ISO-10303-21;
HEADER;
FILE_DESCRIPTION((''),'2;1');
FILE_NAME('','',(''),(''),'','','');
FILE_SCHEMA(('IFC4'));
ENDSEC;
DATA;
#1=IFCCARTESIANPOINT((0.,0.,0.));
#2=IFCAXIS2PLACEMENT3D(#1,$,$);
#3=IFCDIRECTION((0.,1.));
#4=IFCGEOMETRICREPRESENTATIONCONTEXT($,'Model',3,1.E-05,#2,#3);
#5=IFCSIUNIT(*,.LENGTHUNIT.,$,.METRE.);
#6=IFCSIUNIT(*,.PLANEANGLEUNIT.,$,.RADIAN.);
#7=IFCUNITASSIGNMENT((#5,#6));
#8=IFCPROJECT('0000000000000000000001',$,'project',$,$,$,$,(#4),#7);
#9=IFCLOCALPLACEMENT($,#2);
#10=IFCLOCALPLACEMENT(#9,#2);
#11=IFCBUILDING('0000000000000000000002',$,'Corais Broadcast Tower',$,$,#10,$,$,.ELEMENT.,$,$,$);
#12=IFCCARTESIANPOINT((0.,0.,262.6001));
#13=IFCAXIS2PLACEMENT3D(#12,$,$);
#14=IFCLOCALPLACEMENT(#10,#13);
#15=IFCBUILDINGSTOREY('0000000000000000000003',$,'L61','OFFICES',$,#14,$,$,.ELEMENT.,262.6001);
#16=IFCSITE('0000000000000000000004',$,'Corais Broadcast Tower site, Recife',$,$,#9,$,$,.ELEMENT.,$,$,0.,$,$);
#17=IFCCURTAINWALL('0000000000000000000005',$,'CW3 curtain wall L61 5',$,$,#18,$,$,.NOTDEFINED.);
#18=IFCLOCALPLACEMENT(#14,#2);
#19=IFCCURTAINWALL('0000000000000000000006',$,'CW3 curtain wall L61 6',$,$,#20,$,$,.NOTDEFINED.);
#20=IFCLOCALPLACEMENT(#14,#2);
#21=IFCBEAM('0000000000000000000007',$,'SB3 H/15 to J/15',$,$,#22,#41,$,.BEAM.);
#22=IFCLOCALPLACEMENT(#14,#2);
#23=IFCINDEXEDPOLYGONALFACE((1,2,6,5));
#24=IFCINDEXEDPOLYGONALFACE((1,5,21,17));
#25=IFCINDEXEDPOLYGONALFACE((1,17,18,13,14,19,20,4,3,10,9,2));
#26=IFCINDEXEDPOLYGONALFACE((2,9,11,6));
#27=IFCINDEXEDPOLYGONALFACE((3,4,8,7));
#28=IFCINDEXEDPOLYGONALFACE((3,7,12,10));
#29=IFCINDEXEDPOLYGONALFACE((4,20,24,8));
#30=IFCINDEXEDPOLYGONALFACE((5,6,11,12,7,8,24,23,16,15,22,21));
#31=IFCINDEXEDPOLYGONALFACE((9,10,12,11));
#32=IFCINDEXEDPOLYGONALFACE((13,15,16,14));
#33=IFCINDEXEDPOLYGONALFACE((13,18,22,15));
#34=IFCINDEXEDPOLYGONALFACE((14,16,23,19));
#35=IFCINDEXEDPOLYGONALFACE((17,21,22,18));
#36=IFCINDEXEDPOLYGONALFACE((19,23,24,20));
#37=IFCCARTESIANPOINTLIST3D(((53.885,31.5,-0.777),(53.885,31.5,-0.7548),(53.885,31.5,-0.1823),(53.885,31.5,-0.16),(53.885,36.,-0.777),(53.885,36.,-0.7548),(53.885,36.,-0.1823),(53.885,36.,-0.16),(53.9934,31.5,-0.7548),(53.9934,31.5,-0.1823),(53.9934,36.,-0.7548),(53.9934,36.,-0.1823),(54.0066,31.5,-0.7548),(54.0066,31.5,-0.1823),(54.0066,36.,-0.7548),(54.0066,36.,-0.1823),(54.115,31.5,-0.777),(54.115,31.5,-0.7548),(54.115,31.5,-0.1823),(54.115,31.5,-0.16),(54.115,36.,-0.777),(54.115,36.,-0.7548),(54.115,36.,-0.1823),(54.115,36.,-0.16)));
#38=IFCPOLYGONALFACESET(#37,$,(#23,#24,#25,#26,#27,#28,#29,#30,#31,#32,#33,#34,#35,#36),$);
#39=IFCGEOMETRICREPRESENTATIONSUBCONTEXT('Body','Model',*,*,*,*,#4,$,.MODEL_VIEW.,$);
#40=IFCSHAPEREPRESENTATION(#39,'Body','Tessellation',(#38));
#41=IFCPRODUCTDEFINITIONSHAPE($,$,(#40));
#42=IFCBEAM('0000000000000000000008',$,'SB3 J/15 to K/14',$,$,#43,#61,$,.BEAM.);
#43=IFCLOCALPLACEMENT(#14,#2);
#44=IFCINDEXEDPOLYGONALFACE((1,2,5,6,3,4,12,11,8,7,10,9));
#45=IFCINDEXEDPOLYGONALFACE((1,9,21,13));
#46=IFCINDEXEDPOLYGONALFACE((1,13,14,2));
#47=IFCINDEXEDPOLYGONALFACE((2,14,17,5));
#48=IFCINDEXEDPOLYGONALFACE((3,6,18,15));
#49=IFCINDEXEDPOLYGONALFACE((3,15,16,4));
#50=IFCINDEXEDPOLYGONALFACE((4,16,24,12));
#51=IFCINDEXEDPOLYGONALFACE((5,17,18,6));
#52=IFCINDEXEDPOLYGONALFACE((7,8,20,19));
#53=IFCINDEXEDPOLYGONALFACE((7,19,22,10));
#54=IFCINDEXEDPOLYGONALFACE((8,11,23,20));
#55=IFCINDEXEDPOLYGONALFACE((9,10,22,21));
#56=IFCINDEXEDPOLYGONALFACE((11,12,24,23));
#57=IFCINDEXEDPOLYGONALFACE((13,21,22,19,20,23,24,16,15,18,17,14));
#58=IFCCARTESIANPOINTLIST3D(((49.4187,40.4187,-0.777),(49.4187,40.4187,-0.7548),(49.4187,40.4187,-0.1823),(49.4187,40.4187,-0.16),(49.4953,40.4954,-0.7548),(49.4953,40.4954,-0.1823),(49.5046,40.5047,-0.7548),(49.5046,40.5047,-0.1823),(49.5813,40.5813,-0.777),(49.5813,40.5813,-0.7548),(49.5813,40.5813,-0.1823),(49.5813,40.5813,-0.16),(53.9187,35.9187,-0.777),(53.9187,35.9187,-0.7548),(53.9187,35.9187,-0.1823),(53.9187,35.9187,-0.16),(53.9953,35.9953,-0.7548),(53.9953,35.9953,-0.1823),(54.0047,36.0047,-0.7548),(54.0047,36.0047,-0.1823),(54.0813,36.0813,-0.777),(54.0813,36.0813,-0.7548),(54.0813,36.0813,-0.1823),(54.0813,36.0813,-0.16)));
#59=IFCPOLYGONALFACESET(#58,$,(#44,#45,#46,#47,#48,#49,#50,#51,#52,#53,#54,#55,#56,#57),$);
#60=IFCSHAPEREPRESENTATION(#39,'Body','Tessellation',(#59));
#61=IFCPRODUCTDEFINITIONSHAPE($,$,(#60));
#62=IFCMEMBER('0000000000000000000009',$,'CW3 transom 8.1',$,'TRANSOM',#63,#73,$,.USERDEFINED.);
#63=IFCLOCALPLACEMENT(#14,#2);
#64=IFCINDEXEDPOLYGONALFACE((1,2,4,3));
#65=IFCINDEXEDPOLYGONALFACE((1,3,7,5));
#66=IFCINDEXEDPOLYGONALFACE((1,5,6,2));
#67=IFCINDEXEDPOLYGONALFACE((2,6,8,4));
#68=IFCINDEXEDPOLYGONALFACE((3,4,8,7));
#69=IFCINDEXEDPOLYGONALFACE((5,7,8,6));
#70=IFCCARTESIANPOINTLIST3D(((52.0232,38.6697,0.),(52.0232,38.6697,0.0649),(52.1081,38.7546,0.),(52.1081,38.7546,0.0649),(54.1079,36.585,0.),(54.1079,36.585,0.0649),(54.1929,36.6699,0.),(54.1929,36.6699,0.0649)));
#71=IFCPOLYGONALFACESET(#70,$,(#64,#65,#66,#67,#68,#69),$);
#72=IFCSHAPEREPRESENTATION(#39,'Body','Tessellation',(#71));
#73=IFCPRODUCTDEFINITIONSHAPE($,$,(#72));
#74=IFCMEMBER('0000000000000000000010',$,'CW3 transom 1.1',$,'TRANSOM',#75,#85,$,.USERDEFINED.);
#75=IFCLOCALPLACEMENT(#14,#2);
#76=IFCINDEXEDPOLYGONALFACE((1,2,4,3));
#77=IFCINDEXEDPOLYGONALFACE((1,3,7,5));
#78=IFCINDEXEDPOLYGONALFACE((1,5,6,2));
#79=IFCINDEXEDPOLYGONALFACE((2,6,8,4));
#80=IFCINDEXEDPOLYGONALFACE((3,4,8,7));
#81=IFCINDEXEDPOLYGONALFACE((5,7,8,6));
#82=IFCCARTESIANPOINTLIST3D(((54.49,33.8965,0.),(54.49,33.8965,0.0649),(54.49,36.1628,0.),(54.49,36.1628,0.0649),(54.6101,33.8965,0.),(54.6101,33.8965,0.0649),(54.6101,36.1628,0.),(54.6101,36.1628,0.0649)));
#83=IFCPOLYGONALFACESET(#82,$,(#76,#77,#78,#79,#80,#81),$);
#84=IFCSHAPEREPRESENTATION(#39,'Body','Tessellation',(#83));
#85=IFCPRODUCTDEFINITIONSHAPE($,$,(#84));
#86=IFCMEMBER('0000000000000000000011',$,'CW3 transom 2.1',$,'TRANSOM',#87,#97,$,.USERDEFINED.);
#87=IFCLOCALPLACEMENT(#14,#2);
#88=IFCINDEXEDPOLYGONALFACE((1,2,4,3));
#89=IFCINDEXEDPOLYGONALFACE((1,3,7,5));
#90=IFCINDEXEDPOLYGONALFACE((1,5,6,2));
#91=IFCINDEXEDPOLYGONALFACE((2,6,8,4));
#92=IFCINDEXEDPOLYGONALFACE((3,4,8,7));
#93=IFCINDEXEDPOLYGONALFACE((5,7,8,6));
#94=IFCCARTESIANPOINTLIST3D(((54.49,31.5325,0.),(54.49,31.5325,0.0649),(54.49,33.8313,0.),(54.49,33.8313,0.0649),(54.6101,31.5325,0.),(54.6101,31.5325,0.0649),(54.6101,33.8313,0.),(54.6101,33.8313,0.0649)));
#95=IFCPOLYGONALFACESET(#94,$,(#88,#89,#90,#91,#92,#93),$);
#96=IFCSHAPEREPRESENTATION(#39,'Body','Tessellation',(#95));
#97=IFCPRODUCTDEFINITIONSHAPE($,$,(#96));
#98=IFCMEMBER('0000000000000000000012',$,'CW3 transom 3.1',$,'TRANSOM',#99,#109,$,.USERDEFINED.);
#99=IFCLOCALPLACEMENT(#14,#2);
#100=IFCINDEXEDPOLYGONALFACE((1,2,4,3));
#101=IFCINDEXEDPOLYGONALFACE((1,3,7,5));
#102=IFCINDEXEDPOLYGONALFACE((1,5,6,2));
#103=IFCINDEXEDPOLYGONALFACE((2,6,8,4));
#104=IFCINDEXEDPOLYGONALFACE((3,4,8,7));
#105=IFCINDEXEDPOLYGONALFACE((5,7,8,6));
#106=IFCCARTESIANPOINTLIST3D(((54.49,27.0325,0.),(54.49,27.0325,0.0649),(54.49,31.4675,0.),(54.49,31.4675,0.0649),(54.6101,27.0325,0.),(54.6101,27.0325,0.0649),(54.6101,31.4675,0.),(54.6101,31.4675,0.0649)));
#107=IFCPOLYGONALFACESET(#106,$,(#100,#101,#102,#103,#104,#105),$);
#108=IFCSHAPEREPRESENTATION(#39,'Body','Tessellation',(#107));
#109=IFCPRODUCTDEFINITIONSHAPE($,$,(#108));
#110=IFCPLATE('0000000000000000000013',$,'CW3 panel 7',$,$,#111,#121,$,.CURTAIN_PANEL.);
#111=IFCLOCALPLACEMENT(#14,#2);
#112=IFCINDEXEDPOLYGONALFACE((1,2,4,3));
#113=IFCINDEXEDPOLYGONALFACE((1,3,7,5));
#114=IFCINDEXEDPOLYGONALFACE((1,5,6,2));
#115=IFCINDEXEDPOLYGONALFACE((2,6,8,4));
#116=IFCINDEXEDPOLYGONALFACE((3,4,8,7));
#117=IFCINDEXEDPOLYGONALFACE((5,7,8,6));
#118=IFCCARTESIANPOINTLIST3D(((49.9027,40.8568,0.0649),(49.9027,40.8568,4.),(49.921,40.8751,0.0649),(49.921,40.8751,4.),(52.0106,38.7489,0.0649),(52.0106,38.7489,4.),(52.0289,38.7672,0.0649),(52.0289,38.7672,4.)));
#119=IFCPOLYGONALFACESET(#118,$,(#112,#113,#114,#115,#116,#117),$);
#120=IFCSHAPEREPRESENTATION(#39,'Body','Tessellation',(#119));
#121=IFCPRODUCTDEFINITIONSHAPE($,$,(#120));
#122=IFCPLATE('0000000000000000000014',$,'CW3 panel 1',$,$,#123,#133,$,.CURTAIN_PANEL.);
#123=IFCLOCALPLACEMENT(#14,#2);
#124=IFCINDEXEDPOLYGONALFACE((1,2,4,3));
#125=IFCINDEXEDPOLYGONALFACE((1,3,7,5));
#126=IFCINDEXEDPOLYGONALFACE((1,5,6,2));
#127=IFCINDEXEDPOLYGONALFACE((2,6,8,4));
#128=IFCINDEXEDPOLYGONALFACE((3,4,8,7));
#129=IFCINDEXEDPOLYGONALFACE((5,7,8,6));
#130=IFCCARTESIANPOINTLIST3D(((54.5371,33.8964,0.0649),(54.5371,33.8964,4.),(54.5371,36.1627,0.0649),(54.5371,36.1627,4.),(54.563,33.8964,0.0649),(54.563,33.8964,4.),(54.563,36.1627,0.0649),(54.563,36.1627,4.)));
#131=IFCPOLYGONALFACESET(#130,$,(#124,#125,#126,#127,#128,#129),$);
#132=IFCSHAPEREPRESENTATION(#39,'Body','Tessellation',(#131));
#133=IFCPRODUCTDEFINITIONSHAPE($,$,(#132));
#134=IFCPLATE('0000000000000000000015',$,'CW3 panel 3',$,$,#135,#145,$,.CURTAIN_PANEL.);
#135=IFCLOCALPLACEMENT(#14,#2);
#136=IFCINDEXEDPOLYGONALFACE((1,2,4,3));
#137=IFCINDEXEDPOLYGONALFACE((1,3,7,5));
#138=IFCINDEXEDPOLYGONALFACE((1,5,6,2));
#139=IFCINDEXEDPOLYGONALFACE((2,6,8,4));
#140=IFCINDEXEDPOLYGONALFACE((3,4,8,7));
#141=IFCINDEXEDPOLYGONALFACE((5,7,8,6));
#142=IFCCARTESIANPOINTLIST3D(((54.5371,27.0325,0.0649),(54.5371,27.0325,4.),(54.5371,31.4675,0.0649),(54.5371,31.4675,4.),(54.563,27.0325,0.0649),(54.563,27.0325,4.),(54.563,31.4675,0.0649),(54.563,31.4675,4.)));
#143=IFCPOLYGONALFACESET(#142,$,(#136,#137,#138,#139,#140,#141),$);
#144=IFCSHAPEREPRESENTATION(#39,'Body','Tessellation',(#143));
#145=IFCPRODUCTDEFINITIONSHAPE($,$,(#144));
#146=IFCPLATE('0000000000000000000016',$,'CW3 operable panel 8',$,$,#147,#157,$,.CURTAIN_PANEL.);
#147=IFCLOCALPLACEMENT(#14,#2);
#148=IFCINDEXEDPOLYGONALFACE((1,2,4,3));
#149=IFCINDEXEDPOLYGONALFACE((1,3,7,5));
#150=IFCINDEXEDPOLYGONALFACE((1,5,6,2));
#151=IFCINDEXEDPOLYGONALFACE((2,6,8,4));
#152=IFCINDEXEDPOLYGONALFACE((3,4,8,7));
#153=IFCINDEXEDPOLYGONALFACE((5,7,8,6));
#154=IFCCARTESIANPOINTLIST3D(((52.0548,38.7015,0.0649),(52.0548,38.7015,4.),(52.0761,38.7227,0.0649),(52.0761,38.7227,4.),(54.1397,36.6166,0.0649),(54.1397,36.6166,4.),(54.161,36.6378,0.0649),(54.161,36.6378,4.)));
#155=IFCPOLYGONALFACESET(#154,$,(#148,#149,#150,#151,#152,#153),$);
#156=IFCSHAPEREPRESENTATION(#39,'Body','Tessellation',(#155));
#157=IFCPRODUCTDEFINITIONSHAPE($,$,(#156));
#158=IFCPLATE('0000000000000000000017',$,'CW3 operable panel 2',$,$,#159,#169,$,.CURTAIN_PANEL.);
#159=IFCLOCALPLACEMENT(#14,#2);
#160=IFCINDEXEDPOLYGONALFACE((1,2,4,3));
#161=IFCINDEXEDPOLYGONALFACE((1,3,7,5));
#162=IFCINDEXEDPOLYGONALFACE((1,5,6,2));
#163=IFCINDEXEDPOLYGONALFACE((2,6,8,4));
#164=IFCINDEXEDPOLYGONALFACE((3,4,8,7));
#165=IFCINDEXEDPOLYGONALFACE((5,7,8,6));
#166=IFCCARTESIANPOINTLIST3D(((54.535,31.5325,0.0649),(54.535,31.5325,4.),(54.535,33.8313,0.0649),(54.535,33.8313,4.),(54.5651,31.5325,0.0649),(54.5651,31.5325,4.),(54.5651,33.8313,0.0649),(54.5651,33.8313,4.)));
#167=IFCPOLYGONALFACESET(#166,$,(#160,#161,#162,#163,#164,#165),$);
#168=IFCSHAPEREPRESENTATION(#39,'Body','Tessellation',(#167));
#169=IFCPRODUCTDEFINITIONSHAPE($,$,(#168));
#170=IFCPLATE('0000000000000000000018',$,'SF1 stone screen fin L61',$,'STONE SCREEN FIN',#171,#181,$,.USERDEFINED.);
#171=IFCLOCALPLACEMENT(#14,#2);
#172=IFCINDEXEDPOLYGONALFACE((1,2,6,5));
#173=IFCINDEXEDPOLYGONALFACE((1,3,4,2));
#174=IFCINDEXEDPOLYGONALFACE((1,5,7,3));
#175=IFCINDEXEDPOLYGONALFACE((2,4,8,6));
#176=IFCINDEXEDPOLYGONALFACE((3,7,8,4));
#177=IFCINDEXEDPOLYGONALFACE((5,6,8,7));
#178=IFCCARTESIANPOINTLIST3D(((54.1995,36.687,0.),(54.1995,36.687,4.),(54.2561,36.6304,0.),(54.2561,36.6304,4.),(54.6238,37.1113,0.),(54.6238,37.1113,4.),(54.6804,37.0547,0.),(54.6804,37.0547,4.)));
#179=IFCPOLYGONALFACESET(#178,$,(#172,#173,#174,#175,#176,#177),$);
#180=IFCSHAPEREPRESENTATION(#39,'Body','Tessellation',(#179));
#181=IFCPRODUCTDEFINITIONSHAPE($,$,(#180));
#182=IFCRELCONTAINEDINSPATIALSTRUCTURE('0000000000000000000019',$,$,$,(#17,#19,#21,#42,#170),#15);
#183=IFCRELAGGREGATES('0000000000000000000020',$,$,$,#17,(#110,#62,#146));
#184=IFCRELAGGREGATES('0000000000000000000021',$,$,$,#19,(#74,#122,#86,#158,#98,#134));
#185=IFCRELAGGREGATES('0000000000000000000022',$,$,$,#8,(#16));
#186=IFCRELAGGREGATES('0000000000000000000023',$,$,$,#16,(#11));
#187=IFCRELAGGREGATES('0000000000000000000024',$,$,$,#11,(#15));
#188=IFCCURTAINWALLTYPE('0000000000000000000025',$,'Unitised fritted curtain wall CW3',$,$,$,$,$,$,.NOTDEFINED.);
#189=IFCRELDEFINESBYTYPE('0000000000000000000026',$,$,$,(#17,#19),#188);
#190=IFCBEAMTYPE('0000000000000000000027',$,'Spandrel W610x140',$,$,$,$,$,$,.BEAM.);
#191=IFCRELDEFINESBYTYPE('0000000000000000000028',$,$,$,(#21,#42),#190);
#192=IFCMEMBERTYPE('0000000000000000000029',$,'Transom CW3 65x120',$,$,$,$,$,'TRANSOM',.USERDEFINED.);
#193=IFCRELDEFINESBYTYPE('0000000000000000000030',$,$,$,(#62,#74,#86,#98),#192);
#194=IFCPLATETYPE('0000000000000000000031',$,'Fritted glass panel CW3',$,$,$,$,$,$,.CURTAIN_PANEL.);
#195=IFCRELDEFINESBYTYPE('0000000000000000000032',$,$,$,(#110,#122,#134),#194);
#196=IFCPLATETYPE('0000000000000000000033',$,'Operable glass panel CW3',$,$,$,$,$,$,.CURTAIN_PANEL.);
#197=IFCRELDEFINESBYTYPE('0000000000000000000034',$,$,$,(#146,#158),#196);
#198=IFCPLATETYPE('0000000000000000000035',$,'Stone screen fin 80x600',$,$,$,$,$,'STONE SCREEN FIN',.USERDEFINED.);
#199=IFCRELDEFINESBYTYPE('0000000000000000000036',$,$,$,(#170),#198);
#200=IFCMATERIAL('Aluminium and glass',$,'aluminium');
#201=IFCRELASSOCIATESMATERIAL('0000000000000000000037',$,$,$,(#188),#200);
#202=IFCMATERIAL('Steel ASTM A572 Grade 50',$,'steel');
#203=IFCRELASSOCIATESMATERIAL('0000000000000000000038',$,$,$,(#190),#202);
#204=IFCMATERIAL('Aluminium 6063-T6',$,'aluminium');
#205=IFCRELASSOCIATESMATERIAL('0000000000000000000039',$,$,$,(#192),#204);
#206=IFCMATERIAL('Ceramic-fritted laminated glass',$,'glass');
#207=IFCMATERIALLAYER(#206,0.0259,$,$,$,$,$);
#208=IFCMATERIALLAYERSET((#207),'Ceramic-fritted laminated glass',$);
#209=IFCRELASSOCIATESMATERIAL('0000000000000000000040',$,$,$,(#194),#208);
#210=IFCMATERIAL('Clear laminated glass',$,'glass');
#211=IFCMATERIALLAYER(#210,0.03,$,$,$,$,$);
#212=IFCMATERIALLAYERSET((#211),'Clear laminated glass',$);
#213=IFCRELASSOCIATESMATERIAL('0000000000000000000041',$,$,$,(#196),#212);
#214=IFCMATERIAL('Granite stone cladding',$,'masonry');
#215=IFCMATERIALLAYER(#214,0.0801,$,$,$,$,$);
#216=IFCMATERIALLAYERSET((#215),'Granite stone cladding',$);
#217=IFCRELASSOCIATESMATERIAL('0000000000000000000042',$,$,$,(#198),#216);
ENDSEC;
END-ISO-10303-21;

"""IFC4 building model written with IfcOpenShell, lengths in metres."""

from ifc_helpers import new_model, si_unit, direction, frame, origin, origin_2d, place, context, subcontext, project, spatial, rectangle, i_section, extrude, material, layer, layer_set, material_profile, profile_set, type_object, element, aggregate, save


model = new_model("IFC4")

# Units and contexts
model_context = context("Model", 3, precision=1e-05, world=origin(), true_north=direction((0.0, 1.0)))
body_context = subcontext(model_context, "Body", "Model", "MODEL_VIEW")
ifc_project = project(units=[si_unit("LENGTHUNIT", "METRE"), si_unit("PLANEANGLEUNIT", "RADIAN")], contexts=[model_context])

# Site, building, storey
site_placement = place(None, origin())
site = spatial("IfcSite", under=ifc_project, at=site_placement, Name="Corais Broadcast Tower site, Recife", CompositionType="ELEMENT", RefElevation=0.0)
building_placement = place(site_placement, origin())
building = spatial("IfcBuilding", under=site, at=building_placement, Name="Corais Broadcast Tower", CompositionType="ELEMENT")
storey_placement = place(building_placement, frame((0.0, 0.0, 262.6001)))
storey = spatial("IfcBuildingStorey", under=building, at=storey_placement, Name="L61", Description="OFFICES", CompositionType="ELEMENT", Elevation=262.6001)

# Curtain walls
ifc_material_1 = material(Name="Aluminium and glass", Category="aluminium")
curtain_wall_type = type_object("IfcCurtainWallType", Name="Unitised fritted curtain wall CW3", PredefinedType="NOTDEFINED", material=ifc_material_1)
curtain_wall_1_placement = place(storey_placement, origin())
curtain_wall_1 = element("IfcCurtainWall", 1, at=curtain_wall_1_placement, inside=storey, type_object=curtain_wall_type, Name="CW3 curtain wall L61 5", PredefinedType="NOTDEFINED")
curtain_wall_2_placement = place(storey_placement, origin())
curtain_wall_2 = element("IfcCurtainWall", 2, at=curtain_wall_2_placement, inside=storey, type_object=curtain_wall_type, Name="CW3 curtain wall L61 6", PredefinedType="NOTDEFINED")

# Beams
ifc_material_2 = material(Name="Steel ASTM A572 Grade 50", Category="steel")
ifc_material_profile_1 = material_profile(ifc_material_2, i_section(OverallWidth=0.23, OverallDepth=0.6169, WebThickness=0.0132, FlangeThickness=0.0222, at=origin_2d()), Name="W610x140")
ifc_profile_set_1 = profile_set([ifc_material_profile_1], Name="Steel ASTM A572 Grade 50")
beam_type_1 = type_object("IfcBeamType", Name="Spandrel W610x140", PredefinedType="BEAM", material=ifc_profile_set_1)
for number, where, z_axis, x_axis, name in (
    (3, (54.0, 31.5, -0.4685), (0.0, 1.0, 0.0), (-1.0, 0.0, 0.0), "SB3 H/15 to J/15"),
):
    element("IfcBeam", number, at=place(storey_placement, frame(where, z_axis=z_axis, x_axis=x_axis)), inside=storey, type_object=beam_type_1, Name=name, PredefinedType="BEAM", context=body_context, shape_type="SweptSolid", body=[
        extrude(i_section(OverallWidth=0.23, OverallDepth=0.6169, WebThickness=0.0132, FlangeThickness=0.0222, at=origin_2d()), origin(), (0.0, 0.0, 1.0), 4.5),
    ])
beam_placement = place(storey_placement, frame((54.0, 36.0, -0.4685), z_axis=(-0.707107, 0.707107, 0.0), x_axis=(-0.707107, -0.707107, 0.0)))
element("IfcBeam", 4, at=beam_placement, inside=storey, type_object=beam_type_1, Name="SB3 J/15 to K/14", PredefinedType="BEAM", context=body_context, shape_type="SweptSolid", body=[
    extrude(i_section(OverallWidth=0.23, OverallDepth=0.6169, WebThickness=0.0132, FlangeThickness=0.0222, at=origin_2d()), origin(), (0.0, 0.0, 1.0), 6.364),
])

# Members
ifc_material_3 = material(Name="Aluminium 6063-T6", Category="aluminium")
ifc_material_profile_2 = material_profile(ifc_material_3, rectangle(XDim=0.1201, YDim=0.0649, at=origin_2d()), Name="Transom CW3 65x120")
ifc_profile_set_2 = profile_set([ifc_material_profile_2], Name="Aluminium 6063-T6")
member_type_1 = type_object("IfcMemberType", Name="Transom CW3 65x120", ElementType="TRANSOM", PredefinedType="USERDEFINED", material=ifc_profile_set_2)
member_1_placement = place(storey_placement, frame((52.0657, 38.7122, 0.0325), z_axis=(0.707107, -0.707107, 0.0), x_axis=(0.707107, 0.707107, 0.0)))
member_1 = element("IfcMember", 5, at=member_1_placement, type_object=member_type_1, Name="CW3 transom 8.1", ObjectType="TRANSOM", PredefinedType="USERDEFINED", context=body_context, shape_type="SweptSolid", body=[
    extrude(rectangle(XDim=0.1201, YDim=0.0649, at=origin_2d()), origin(), (0.0, 0.0, 1.0), 2.9482),
])
member_2_placement = place(storey_placement, frame((54.55, 36.1628, 0.0325), z_axis=(0.0, -1.0, 0.0), x_axis=(1.0, 0.0, 0.0)))
member_2 = element("IfcMember", 6, at=member_2_placement, type_object=member_type_1, Name="CW3 transom 1.1", ObjectType="TRANSOM", PredefinedType="USERDEFINED", context=body_context, shape_type="SweptSolid", body=[
    extrude(rectangle(XDim=0.1201, YDim=0.0649, at=origin_2d()), origin(), (0.0, 0.0, 1.0), 2.2664),
])
member_3_placement = place(storey_placement, frame((54.55, 33.8313, 0.0325), z_axis=(0.0, -1.0, 0.0), x_axis=(1.0, 0.0, 0.0)))
member_3 = element("IfcMember", 7, at=member_3_placement, type_object=member_type_1, Name="CW3 transom 2.1", ObjectType="TRANSOM", PredefinedType="USERDEFINED", context=body_context, shape_type="SweptSolid", body=[
    extrude(rectangle(XDim=0.1201, YDim=0.0649, at=origin_2d()), origin(), (0.0, 0.0, 1.0), 2.2988),
])
member_4_placement = place(storey_placement, frame((54.55, 31.4675, 0.0325), z_axis=(0.0, -1.0, 0.0), x_axis=(1.0, 0.0, 0.0)))
member_4 = element("IfcMember", 8, at=member_4_placement, type_object=member_type_1, Name="CW3 transom 3.1", ObjectType="TRANSOM", PredefinedType="USERDEFINED", context=body_context, shape_type="SweptSolid", body=[
    extrude(rectangle(XDim=0.1201, YDim=0.0649, at=origin_2d()), origin(), (0.0, 0.0, 1.0), 4.4351),
])

# Plates
ifc_material_4 = material(Name="Ceramic-fritted laminated glass", Category="glass")
ifc_layer_1 = layer(ifc_material_4, 0.0259)
ifc_layer_set_1 = layer_set([ifc_layer_1], Name="Ceramic-fritted laminated glass")
plate_type_1 = type_object("IfcPlateType", Name="Fritted glass panel CW3", PredefinedType="CURTAIN_PANEL", material=ifc_layer_set_1)
plate_1_placement = place(storey_placement, frame((50.9658, 39.812, 0.0649), z_axis=(0.0, 0.0, 1.0), x_axis=(0.707107, -0.707107, 0.0)))
plate_1 = element("IfcPlate", 9, at=plate_1_placement, type_object=plate_type_1, Name="CW3 panel 7", PredefinedType="CURTAIN_PANEL", context=body_context, shape_type="SweptSolid", body=[
    extrude(rectangle(XDim=2.981, YDim=0.0259, at=origin_2d()), origin(), (0.0, 0.0, 1.0), 3.9351),
])
plate_2_placement = place(storey_placement, frame((54.55, 35.0295, 0.0649), z_axis=(0.0, 0.0, 1.0), x_axis=(0.0, -1.0, 0.0)))
plate_2 = element("IfcPlate", 10, at=plate_2_placement, type_object=plate_type_1, Name="CW3 panel 1", PredefinedType="CURTAIN_PANEL", context=body_context, shape_type="SweptSolid", body=[
    extrude(rectangle(XDim=2.2664, YDim=0.0259, at=origin_2d()), origin(), (0.0, 0.0, 1.0), 3.9351),
])
plate_3_placement = place(storey_placement, frame((54.55, 29.25, 0.0649), z_axis=(0.0, 0.0, 1.0), x_axis=(0.0, -1.0, 0.0)))
plate_3 = element("IfcPlate", 11, at=plate_3_placement, type_object=plate_type_1, Name="CW3 panel 3", PredefinedType="CURTAIN_PANEL", context=body_context, shape_type="SweptSolid", body=[
    extrude(rectangle(XDim=4.4351, YDim=0.0259, at=origin_2d()), origin(), (0.0, 0.0, 1.0), 3.9351),
])
ifc_material_5 = material(Name="Clear laminated glass", Category="glass")
ifc_layer_2 = layer(ifc_material_5, 0.03)
ifc_layer_set_2 = layer_set([ifc_layer_2], Name="Clear laminated glass")
plate_type_2 = type_object("IfcPlateType", Name="Operable glass panel CW3", PredefinedType="CURTAIN_PANEL", material=ifc_layer_set_2)
plate_4_placement = place(storey_placement, frame((53.1079, 37.6697, 0.0649), z_axis=(0.0, 0.0, 1.0), x_axis=(0.707107, -0.707107, 0.0)))
plate_4 = element("IfcPlate", 12, at=plate_4_placement, type_object=plate_type_2, Name="CW3 operable panel 8", PredefinedType="CURTAIN_PANEL", context=body_context, shape_type="SweptSolid", body=[
    extrude(rectangle(XDim=2.9485, YDim=0.03, at=origin_2d()), origin(), (0.0, 0.0, 1.0), 3.9351),
])
aggregate(curtain_wall_1, [plate_1, member_1, plate_4])
plate_5_placement = place(storey_placement, frame((54.55, 32.6819, 0.0649), z_axis=(0.0, 0.0, 1.0), x_axis=(0.0, -1.0, 0.0)))
plate_5 = element("IfcPlate", 13, at=plate_5_placement, type_object=plate_type_2, Name="CW3 operable panel 2", PredefinedType="CURTAIN_PANEL", context=body_context, shape_type="SweptSolid", body=[
    extrude(rectangle(XDim=2.2988, YDim=0.03, at=origin_2d()), origin(), (0.0, 0.0, 1.0), 3.9351),
])
aggregate(curtain_wall_2, [member_2, plate_2, member_3, plate_5, member_4, plate_3])
ifc_material_6 = material(Name="Granite stone cladding", Category="masonry")
ifc_layer_3 = layer(ifc_material_6, 0.0801)
ifc_layer_set_3 = layer_set([ifc_layer_3], Name="Granite stone cladding")
plate_type_3 = type_object("IfcPlateType", Name="Stone screen fin 80x600", ElementType="STONE SCREEN FIN", PredefinedType="USERDEFINED", material=ifc_layer_set_3)
plate_6_placement = place(storey_placement, frame((54.4399, 36.8708, 0.0), z_axis=(0.0, 0.0, 1.0), x_axis=(0.707107, -0.707107, 0.0)))
element("IfcPlate", 14, at=plate_6_placement, inside=storey, type_object=plate_type_3, Name="SF1 stone screen fin L61", ObjectType="STONE SCREEN FIN", PredefinedType="USERDEFINED", context=body_context, shape_type="SweptSolid", body=[
    extrude(rectangle(XDim=0.0801, YDim=0.6001, at=origin_2d()), origin(), (0.0, 0.0, 1.0), 4.0),
])

save(model, "model.ifc")
